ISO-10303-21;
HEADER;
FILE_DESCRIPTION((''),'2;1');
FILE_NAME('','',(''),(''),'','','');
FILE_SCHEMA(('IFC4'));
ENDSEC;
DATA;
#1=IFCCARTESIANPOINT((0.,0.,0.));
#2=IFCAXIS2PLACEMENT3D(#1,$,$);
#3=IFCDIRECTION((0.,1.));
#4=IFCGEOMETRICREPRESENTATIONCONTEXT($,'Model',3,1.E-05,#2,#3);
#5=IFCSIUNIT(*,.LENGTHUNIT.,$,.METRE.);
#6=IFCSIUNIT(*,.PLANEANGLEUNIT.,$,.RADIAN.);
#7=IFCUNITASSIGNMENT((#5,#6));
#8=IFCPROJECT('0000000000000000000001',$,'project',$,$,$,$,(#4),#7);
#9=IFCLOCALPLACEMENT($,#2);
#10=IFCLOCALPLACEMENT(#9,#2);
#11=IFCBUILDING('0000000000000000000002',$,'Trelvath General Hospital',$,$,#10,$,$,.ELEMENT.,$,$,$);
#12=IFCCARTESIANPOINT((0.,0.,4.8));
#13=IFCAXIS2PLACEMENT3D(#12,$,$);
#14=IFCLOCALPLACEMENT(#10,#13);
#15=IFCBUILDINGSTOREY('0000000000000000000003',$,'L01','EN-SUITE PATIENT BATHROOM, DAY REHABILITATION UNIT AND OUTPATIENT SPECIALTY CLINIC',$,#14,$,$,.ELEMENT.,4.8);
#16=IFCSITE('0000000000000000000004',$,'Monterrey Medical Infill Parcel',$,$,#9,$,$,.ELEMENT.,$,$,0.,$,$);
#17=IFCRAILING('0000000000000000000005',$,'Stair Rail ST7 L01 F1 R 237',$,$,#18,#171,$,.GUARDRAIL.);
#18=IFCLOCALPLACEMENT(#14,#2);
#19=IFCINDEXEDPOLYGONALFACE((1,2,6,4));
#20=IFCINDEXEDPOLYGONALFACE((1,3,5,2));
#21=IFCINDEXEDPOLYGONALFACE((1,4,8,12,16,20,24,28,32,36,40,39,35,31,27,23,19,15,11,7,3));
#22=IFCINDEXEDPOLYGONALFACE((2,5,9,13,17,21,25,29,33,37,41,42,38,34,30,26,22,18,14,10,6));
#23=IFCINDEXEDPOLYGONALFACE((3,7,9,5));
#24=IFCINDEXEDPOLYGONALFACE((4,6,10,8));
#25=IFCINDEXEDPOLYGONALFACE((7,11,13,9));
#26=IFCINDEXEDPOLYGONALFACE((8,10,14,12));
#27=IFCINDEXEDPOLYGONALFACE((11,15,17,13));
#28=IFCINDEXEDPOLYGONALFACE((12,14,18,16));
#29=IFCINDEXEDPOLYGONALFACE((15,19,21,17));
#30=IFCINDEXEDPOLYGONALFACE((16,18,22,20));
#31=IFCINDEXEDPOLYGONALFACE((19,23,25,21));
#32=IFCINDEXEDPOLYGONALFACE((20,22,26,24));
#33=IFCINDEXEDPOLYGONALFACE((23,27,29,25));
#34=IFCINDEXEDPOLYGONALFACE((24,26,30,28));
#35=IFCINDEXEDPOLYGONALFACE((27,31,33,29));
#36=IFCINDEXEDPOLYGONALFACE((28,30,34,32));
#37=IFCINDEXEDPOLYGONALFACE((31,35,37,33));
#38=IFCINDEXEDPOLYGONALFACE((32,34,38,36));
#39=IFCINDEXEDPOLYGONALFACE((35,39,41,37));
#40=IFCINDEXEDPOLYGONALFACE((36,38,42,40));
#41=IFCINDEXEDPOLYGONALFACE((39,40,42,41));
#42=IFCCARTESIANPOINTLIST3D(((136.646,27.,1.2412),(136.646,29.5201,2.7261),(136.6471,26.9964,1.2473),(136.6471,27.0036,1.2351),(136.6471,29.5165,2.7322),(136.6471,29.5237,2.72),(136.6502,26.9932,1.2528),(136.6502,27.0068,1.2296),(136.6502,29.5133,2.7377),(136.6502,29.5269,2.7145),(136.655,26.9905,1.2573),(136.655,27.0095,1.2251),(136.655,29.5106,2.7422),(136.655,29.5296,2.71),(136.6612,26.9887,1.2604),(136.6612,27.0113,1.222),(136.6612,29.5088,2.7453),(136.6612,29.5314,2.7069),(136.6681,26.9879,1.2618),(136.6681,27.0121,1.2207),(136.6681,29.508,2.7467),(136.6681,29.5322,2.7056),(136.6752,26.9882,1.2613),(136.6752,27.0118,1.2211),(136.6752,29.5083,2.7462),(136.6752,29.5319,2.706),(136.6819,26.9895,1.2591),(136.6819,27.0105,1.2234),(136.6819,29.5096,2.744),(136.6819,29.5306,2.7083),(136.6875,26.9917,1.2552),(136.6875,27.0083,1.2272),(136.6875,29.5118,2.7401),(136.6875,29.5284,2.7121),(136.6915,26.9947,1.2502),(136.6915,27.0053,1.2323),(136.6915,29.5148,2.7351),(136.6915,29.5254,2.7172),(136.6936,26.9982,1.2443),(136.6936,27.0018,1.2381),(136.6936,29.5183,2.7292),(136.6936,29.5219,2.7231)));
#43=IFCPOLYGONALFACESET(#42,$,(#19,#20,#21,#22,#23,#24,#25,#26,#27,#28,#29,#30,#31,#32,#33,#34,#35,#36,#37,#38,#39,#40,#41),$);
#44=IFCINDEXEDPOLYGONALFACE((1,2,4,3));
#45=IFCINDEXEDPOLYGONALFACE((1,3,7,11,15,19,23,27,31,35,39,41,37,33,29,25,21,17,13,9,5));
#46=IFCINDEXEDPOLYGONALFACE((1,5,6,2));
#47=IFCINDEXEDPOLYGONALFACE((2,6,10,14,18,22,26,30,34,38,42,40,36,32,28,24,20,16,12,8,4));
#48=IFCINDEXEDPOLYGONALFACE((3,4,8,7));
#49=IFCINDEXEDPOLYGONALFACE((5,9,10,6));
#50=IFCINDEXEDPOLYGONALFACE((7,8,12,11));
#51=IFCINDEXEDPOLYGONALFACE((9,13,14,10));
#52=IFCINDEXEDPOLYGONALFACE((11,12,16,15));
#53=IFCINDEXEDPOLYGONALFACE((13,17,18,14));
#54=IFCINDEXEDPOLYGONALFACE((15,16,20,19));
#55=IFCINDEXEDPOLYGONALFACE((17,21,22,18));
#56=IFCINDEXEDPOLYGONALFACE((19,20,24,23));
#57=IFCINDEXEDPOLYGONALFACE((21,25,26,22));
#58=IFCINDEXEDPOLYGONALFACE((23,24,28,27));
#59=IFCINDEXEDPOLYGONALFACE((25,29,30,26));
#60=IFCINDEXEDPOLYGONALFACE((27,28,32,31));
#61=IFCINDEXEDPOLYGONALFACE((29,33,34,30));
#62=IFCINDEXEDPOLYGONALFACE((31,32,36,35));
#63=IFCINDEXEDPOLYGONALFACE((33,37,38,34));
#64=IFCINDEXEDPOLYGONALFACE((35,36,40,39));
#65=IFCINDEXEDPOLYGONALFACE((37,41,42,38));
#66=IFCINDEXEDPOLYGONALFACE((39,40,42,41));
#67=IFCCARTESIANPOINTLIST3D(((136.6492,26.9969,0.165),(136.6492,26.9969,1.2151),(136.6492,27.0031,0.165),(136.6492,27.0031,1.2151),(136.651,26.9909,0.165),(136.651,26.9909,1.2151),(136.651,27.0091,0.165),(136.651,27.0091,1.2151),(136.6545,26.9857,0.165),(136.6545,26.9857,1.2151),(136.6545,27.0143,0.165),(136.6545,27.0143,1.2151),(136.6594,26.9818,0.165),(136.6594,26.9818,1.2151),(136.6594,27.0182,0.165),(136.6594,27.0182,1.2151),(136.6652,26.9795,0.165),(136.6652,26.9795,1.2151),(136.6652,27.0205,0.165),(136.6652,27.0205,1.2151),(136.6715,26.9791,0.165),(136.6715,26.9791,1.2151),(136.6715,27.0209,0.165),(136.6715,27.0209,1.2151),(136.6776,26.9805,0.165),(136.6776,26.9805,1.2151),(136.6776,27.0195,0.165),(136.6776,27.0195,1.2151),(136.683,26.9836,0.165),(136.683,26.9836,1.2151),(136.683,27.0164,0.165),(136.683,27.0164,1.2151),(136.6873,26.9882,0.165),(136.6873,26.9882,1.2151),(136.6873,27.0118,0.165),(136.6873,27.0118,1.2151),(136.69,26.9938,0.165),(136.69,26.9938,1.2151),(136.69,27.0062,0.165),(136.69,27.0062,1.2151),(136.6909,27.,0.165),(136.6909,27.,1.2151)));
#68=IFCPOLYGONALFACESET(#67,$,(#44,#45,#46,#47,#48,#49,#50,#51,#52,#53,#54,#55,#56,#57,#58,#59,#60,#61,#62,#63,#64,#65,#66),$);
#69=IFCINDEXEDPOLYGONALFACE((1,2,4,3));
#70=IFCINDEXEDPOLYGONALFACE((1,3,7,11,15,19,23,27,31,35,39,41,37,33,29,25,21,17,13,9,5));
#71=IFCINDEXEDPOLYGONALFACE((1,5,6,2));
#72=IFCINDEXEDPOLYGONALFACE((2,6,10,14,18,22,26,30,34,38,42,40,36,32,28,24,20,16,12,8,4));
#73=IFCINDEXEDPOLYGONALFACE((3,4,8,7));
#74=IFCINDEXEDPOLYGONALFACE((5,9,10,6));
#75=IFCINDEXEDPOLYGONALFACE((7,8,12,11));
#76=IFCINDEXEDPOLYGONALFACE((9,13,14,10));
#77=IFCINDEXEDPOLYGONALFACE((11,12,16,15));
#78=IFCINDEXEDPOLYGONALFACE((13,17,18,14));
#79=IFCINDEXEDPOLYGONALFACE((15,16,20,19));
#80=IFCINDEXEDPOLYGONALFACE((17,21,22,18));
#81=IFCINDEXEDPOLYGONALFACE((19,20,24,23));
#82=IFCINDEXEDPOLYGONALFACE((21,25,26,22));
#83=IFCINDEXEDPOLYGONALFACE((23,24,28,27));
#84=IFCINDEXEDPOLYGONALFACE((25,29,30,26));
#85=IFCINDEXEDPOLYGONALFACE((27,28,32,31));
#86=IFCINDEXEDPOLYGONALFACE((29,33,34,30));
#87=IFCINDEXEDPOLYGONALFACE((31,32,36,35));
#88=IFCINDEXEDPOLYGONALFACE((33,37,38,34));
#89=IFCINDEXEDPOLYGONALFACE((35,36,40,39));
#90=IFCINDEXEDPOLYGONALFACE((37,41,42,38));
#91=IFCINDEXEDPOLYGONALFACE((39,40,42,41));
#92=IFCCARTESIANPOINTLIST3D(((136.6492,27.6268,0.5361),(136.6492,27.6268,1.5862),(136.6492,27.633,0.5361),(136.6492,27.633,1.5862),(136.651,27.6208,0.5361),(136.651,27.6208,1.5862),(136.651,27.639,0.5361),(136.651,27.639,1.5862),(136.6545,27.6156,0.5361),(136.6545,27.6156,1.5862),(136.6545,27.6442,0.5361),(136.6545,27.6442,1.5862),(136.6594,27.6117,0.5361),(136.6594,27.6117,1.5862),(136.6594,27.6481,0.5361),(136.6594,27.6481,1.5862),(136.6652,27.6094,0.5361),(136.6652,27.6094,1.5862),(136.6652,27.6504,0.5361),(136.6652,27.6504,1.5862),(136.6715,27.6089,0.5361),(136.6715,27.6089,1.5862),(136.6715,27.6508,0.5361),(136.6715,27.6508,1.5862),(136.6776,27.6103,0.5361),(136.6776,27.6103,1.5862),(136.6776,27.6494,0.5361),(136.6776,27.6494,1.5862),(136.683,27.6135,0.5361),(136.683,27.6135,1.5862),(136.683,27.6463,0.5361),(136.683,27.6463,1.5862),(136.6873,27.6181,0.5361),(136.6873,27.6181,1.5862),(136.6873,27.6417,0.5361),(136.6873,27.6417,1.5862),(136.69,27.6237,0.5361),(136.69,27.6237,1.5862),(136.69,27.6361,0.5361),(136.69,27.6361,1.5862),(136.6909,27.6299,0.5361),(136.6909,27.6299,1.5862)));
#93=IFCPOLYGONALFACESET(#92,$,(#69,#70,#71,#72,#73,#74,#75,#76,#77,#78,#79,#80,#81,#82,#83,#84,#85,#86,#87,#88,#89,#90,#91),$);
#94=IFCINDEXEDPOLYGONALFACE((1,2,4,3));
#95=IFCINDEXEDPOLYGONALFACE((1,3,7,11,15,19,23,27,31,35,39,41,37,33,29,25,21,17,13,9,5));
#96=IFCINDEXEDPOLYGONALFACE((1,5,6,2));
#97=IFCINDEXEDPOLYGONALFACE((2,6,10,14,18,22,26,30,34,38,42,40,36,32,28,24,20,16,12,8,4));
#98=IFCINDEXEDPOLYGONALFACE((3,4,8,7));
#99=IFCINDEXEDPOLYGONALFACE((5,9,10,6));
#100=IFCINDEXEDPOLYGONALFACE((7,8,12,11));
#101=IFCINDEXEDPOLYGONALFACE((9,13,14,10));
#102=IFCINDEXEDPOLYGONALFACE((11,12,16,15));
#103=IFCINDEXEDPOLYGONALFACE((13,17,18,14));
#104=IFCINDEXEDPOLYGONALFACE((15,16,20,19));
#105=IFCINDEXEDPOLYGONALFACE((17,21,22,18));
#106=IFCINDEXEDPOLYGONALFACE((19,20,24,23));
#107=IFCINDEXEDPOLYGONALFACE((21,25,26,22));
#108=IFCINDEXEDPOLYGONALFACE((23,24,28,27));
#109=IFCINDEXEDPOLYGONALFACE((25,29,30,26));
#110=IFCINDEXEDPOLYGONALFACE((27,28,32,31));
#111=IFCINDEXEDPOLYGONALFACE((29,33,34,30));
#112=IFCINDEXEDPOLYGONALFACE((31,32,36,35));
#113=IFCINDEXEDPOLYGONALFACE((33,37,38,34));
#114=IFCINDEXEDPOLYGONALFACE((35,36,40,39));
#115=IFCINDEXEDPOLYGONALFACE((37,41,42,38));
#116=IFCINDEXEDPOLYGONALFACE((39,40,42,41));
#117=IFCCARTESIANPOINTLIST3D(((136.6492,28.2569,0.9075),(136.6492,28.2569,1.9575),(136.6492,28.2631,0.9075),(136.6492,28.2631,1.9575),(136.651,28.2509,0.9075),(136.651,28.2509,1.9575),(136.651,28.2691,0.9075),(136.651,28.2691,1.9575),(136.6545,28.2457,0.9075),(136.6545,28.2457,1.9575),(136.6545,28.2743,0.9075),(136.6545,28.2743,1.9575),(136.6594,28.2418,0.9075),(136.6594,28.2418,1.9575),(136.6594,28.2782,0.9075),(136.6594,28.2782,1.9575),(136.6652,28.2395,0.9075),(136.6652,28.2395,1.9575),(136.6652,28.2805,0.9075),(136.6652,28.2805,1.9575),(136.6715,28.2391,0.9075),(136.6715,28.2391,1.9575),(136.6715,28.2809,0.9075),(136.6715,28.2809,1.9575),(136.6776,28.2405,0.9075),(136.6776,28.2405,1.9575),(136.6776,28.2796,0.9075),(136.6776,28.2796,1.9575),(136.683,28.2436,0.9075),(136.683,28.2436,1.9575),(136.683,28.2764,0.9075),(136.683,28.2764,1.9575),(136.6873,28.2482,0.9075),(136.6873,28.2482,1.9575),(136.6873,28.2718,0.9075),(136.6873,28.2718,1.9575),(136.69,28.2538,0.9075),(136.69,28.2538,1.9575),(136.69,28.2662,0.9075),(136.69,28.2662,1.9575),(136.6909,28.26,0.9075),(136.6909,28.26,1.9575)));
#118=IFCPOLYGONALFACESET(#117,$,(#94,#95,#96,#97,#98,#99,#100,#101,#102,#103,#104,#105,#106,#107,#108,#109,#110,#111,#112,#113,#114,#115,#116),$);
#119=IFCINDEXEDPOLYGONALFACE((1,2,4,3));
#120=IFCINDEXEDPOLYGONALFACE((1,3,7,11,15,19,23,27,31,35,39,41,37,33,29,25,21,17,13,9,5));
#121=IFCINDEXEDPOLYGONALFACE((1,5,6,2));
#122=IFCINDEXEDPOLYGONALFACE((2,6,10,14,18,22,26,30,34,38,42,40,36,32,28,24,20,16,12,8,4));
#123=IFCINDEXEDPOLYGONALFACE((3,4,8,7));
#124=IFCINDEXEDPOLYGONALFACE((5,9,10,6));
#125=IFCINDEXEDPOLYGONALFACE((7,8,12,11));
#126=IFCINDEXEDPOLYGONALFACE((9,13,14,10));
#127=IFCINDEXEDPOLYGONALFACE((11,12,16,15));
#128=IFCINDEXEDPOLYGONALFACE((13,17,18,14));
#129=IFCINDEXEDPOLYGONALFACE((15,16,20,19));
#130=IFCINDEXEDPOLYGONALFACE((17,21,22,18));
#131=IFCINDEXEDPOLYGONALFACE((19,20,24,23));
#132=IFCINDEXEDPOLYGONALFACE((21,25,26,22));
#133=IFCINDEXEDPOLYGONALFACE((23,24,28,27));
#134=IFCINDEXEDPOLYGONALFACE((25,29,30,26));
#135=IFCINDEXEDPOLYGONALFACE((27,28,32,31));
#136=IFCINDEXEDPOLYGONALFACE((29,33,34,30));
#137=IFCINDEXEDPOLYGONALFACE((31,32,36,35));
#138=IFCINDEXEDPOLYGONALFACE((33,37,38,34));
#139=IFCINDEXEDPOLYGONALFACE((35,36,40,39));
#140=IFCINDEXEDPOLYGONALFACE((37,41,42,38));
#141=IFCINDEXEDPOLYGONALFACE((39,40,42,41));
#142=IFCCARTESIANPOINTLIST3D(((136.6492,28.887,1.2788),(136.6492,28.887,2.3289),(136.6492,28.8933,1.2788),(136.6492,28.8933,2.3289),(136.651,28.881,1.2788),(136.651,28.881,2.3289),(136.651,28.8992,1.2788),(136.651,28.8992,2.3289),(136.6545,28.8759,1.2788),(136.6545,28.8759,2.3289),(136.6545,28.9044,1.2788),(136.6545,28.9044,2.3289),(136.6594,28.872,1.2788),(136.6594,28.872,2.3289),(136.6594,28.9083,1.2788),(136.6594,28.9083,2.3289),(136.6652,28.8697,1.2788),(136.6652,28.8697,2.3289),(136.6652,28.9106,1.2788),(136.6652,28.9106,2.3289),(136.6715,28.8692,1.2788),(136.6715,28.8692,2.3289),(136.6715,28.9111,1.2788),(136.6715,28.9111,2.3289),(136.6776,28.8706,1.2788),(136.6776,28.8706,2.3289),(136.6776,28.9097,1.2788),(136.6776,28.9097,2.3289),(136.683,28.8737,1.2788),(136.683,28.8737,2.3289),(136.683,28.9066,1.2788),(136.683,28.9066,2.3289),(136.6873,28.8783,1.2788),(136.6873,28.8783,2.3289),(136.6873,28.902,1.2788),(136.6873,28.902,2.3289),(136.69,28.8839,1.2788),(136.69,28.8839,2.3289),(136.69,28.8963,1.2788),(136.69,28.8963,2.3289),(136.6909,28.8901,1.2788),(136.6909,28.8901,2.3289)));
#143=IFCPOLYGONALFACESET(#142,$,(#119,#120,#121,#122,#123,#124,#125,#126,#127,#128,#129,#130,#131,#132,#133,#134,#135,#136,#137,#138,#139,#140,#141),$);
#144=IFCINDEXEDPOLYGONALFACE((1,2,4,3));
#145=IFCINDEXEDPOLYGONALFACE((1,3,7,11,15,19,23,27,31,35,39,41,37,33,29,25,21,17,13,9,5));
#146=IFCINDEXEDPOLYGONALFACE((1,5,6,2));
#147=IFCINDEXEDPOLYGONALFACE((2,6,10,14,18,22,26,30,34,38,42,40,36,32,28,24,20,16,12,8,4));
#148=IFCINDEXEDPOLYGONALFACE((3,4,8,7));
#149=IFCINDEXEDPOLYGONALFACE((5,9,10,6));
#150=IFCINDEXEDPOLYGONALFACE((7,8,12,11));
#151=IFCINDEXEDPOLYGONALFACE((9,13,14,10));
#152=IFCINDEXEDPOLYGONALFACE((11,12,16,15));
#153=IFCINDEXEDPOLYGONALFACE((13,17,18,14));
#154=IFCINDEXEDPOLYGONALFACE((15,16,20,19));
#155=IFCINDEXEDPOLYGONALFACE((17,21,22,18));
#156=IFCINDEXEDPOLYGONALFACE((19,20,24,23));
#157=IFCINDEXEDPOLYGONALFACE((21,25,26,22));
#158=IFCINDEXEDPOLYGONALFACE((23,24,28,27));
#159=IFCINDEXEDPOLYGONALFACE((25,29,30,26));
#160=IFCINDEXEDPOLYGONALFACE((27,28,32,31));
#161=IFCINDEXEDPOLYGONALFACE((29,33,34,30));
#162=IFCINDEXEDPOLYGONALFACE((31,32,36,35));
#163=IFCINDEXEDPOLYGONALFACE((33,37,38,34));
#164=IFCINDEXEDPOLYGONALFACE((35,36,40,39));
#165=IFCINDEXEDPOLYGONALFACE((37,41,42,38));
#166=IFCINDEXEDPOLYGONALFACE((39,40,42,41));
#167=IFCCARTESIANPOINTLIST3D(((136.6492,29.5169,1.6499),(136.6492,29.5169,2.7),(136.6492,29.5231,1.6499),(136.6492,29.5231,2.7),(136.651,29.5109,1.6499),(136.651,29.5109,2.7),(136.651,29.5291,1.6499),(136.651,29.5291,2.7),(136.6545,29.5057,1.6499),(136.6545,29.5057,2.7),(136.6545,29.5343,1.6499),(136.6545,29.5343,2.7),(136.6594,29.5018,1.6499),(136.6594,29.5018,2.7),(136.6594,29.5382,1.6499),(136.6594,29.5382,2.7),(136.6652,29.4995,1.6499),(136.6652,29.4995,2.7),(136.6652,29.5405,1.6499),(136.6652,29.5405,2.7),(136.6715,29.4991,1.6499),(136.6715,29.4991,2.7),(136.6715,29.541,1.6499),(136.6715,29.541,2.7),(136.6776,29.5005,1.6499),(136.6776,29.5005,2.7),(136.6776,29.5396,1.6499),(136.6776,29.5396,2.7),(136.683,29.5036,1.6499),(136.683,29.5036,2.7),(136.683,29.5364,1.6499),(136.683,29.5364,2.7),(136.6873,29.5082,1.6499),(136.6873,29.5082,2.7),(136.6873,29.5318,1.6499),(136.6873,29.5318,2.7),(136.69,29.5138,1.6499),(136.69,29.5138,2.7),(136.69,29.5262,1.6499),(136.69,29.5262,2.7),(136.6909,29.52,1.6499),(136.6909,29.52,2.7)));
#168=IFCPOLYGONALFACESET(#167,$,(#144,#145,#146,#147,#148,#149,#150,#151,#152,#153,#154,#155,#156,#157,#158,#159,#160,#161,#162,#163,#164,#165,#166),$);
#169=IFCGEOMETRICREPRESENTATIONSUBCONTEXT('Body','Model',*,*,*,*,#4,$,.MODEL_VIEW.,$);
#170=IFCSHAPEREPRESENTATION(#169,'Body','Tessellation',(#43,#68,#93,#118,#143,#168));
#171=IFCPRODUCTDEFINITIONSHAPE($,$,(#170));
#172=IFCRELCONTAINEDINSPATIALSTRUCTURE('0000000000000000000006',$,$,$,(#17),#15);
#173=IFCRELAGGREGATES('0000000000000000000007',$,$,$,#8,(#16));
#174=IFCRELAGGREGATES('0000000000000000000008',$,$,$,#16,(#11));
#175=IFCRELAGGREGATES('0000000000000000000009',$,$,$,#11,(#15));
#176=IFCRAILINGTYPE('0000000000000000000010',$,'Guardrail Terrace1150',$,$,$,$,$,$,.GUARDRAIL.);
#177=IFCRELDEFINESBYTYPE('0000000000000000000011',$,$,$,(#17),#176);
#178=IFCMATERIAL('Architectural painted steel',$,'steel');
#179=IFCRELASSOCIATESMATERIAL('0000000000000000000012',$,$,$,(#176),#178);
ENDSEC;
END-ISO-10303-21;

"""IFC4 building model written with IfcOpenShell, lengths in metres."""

from ifc_helpers import new_model, si_unit, direction, frame, origin, origin_2d, place, context, subcontext, project, spatial, circle, extrude, material, type_object, element, save


model = new_model("IFC4")

# Units and contexts
model_context = context("Model", 3, precision=1e-05, world=origin(), true_north=direction((0.0, 1.0)))
body_context = subcontext(model_context, "Body", "Model", "MODEL_VIEW")
ifc_project = project(units=[si_unit("LENGTHUNIT", "METRE"), si_unit("PLANEANGLEUNIT", "RADIAN")], contexts=[model_context])

# Site, building, storey
site_placement = place(None, origin())
site = spatial("IfcSite", under=ifc_project, at=site_placement, Name="Monterrey Medical Infill Parcel", CompositionType="ELEMENT", RefElevation=0.0)
building_placement = place(site_placement, origin())
building = spatial("IfcBuilding", under=site, at=building_placement, Name="Trelvath General Hospital", CompositionType="ELEMENT")
storey_placement = place(building_placement, frame((0.0, 0.0, 4.8)))
storey = spatial("IfcBuildingStorey", under=building, at=storey_placement, Name="L01", Description="EN-SUITE PATIENT BATHROOM, DAY REHABILITATION UNIT AND OUTPATIENT SPECIALTY CLINIC", CompositionType="ELEMENT", Elevation=4.8)

# Railing
ifc_material_1 = material(Name="Architectural painted steel", Category="steel")
railing_type_1 = type_object("IfcRailingType", Name="Guardrail Terrace1150", PredefinedType="GUARDRAIL", material=ifc_material_1)
railing_1_placement = place(storey_placement, frame((136.6699, 27.0, 0.165)))
element("IfcRailing", 1, at=railing_1_placement, inside=storey, type_object=railing_type_1, Name="Stair Rail ST7 L01 F1 R 237", PredefinedType="GUARDRAIL", context=body_context, shape_type="SweptSolid", body=[
    extrude(circle(Radius=0.0239, at=origin_2d()), frame((0.0, 0.0, 1.0762), z_axis=(0.0, 0.861561, 0.507655), x_axis=(-1.0, 0.0, 0.0)), (0.0, 0.0, 1.0), 2.925),
    extrude(circle(Radius=0.021, at=origin_2d()), origin(), (0.0, 0.0, 1.0), 1.05),
    extrude(circle(Radius=0.021, at=origin_2d()), frame((0.0, 0.6299, 0.3711)), (0.0, 0.0, 1.0), 1.05),
    extrude(circle(Radius=0.021, at=origin_2d()), frame((0.0, 1.26, 0.7424)), (0.0, 0.0, 1.0), 1.05),
    extrude(circle(Radius=0.021, at=origin_2d()), frame((0.0, 1.8901, 1.1138)), (0.0, 0.0, 1.0), 1.05),
    extrude(circle(Radius=0.021, at=origin_2d()), frame((0.0, 2.52, 1.4849)), (0.0, 0.0, 1.0), 1.05),
])

save(model, "model.ifc")
